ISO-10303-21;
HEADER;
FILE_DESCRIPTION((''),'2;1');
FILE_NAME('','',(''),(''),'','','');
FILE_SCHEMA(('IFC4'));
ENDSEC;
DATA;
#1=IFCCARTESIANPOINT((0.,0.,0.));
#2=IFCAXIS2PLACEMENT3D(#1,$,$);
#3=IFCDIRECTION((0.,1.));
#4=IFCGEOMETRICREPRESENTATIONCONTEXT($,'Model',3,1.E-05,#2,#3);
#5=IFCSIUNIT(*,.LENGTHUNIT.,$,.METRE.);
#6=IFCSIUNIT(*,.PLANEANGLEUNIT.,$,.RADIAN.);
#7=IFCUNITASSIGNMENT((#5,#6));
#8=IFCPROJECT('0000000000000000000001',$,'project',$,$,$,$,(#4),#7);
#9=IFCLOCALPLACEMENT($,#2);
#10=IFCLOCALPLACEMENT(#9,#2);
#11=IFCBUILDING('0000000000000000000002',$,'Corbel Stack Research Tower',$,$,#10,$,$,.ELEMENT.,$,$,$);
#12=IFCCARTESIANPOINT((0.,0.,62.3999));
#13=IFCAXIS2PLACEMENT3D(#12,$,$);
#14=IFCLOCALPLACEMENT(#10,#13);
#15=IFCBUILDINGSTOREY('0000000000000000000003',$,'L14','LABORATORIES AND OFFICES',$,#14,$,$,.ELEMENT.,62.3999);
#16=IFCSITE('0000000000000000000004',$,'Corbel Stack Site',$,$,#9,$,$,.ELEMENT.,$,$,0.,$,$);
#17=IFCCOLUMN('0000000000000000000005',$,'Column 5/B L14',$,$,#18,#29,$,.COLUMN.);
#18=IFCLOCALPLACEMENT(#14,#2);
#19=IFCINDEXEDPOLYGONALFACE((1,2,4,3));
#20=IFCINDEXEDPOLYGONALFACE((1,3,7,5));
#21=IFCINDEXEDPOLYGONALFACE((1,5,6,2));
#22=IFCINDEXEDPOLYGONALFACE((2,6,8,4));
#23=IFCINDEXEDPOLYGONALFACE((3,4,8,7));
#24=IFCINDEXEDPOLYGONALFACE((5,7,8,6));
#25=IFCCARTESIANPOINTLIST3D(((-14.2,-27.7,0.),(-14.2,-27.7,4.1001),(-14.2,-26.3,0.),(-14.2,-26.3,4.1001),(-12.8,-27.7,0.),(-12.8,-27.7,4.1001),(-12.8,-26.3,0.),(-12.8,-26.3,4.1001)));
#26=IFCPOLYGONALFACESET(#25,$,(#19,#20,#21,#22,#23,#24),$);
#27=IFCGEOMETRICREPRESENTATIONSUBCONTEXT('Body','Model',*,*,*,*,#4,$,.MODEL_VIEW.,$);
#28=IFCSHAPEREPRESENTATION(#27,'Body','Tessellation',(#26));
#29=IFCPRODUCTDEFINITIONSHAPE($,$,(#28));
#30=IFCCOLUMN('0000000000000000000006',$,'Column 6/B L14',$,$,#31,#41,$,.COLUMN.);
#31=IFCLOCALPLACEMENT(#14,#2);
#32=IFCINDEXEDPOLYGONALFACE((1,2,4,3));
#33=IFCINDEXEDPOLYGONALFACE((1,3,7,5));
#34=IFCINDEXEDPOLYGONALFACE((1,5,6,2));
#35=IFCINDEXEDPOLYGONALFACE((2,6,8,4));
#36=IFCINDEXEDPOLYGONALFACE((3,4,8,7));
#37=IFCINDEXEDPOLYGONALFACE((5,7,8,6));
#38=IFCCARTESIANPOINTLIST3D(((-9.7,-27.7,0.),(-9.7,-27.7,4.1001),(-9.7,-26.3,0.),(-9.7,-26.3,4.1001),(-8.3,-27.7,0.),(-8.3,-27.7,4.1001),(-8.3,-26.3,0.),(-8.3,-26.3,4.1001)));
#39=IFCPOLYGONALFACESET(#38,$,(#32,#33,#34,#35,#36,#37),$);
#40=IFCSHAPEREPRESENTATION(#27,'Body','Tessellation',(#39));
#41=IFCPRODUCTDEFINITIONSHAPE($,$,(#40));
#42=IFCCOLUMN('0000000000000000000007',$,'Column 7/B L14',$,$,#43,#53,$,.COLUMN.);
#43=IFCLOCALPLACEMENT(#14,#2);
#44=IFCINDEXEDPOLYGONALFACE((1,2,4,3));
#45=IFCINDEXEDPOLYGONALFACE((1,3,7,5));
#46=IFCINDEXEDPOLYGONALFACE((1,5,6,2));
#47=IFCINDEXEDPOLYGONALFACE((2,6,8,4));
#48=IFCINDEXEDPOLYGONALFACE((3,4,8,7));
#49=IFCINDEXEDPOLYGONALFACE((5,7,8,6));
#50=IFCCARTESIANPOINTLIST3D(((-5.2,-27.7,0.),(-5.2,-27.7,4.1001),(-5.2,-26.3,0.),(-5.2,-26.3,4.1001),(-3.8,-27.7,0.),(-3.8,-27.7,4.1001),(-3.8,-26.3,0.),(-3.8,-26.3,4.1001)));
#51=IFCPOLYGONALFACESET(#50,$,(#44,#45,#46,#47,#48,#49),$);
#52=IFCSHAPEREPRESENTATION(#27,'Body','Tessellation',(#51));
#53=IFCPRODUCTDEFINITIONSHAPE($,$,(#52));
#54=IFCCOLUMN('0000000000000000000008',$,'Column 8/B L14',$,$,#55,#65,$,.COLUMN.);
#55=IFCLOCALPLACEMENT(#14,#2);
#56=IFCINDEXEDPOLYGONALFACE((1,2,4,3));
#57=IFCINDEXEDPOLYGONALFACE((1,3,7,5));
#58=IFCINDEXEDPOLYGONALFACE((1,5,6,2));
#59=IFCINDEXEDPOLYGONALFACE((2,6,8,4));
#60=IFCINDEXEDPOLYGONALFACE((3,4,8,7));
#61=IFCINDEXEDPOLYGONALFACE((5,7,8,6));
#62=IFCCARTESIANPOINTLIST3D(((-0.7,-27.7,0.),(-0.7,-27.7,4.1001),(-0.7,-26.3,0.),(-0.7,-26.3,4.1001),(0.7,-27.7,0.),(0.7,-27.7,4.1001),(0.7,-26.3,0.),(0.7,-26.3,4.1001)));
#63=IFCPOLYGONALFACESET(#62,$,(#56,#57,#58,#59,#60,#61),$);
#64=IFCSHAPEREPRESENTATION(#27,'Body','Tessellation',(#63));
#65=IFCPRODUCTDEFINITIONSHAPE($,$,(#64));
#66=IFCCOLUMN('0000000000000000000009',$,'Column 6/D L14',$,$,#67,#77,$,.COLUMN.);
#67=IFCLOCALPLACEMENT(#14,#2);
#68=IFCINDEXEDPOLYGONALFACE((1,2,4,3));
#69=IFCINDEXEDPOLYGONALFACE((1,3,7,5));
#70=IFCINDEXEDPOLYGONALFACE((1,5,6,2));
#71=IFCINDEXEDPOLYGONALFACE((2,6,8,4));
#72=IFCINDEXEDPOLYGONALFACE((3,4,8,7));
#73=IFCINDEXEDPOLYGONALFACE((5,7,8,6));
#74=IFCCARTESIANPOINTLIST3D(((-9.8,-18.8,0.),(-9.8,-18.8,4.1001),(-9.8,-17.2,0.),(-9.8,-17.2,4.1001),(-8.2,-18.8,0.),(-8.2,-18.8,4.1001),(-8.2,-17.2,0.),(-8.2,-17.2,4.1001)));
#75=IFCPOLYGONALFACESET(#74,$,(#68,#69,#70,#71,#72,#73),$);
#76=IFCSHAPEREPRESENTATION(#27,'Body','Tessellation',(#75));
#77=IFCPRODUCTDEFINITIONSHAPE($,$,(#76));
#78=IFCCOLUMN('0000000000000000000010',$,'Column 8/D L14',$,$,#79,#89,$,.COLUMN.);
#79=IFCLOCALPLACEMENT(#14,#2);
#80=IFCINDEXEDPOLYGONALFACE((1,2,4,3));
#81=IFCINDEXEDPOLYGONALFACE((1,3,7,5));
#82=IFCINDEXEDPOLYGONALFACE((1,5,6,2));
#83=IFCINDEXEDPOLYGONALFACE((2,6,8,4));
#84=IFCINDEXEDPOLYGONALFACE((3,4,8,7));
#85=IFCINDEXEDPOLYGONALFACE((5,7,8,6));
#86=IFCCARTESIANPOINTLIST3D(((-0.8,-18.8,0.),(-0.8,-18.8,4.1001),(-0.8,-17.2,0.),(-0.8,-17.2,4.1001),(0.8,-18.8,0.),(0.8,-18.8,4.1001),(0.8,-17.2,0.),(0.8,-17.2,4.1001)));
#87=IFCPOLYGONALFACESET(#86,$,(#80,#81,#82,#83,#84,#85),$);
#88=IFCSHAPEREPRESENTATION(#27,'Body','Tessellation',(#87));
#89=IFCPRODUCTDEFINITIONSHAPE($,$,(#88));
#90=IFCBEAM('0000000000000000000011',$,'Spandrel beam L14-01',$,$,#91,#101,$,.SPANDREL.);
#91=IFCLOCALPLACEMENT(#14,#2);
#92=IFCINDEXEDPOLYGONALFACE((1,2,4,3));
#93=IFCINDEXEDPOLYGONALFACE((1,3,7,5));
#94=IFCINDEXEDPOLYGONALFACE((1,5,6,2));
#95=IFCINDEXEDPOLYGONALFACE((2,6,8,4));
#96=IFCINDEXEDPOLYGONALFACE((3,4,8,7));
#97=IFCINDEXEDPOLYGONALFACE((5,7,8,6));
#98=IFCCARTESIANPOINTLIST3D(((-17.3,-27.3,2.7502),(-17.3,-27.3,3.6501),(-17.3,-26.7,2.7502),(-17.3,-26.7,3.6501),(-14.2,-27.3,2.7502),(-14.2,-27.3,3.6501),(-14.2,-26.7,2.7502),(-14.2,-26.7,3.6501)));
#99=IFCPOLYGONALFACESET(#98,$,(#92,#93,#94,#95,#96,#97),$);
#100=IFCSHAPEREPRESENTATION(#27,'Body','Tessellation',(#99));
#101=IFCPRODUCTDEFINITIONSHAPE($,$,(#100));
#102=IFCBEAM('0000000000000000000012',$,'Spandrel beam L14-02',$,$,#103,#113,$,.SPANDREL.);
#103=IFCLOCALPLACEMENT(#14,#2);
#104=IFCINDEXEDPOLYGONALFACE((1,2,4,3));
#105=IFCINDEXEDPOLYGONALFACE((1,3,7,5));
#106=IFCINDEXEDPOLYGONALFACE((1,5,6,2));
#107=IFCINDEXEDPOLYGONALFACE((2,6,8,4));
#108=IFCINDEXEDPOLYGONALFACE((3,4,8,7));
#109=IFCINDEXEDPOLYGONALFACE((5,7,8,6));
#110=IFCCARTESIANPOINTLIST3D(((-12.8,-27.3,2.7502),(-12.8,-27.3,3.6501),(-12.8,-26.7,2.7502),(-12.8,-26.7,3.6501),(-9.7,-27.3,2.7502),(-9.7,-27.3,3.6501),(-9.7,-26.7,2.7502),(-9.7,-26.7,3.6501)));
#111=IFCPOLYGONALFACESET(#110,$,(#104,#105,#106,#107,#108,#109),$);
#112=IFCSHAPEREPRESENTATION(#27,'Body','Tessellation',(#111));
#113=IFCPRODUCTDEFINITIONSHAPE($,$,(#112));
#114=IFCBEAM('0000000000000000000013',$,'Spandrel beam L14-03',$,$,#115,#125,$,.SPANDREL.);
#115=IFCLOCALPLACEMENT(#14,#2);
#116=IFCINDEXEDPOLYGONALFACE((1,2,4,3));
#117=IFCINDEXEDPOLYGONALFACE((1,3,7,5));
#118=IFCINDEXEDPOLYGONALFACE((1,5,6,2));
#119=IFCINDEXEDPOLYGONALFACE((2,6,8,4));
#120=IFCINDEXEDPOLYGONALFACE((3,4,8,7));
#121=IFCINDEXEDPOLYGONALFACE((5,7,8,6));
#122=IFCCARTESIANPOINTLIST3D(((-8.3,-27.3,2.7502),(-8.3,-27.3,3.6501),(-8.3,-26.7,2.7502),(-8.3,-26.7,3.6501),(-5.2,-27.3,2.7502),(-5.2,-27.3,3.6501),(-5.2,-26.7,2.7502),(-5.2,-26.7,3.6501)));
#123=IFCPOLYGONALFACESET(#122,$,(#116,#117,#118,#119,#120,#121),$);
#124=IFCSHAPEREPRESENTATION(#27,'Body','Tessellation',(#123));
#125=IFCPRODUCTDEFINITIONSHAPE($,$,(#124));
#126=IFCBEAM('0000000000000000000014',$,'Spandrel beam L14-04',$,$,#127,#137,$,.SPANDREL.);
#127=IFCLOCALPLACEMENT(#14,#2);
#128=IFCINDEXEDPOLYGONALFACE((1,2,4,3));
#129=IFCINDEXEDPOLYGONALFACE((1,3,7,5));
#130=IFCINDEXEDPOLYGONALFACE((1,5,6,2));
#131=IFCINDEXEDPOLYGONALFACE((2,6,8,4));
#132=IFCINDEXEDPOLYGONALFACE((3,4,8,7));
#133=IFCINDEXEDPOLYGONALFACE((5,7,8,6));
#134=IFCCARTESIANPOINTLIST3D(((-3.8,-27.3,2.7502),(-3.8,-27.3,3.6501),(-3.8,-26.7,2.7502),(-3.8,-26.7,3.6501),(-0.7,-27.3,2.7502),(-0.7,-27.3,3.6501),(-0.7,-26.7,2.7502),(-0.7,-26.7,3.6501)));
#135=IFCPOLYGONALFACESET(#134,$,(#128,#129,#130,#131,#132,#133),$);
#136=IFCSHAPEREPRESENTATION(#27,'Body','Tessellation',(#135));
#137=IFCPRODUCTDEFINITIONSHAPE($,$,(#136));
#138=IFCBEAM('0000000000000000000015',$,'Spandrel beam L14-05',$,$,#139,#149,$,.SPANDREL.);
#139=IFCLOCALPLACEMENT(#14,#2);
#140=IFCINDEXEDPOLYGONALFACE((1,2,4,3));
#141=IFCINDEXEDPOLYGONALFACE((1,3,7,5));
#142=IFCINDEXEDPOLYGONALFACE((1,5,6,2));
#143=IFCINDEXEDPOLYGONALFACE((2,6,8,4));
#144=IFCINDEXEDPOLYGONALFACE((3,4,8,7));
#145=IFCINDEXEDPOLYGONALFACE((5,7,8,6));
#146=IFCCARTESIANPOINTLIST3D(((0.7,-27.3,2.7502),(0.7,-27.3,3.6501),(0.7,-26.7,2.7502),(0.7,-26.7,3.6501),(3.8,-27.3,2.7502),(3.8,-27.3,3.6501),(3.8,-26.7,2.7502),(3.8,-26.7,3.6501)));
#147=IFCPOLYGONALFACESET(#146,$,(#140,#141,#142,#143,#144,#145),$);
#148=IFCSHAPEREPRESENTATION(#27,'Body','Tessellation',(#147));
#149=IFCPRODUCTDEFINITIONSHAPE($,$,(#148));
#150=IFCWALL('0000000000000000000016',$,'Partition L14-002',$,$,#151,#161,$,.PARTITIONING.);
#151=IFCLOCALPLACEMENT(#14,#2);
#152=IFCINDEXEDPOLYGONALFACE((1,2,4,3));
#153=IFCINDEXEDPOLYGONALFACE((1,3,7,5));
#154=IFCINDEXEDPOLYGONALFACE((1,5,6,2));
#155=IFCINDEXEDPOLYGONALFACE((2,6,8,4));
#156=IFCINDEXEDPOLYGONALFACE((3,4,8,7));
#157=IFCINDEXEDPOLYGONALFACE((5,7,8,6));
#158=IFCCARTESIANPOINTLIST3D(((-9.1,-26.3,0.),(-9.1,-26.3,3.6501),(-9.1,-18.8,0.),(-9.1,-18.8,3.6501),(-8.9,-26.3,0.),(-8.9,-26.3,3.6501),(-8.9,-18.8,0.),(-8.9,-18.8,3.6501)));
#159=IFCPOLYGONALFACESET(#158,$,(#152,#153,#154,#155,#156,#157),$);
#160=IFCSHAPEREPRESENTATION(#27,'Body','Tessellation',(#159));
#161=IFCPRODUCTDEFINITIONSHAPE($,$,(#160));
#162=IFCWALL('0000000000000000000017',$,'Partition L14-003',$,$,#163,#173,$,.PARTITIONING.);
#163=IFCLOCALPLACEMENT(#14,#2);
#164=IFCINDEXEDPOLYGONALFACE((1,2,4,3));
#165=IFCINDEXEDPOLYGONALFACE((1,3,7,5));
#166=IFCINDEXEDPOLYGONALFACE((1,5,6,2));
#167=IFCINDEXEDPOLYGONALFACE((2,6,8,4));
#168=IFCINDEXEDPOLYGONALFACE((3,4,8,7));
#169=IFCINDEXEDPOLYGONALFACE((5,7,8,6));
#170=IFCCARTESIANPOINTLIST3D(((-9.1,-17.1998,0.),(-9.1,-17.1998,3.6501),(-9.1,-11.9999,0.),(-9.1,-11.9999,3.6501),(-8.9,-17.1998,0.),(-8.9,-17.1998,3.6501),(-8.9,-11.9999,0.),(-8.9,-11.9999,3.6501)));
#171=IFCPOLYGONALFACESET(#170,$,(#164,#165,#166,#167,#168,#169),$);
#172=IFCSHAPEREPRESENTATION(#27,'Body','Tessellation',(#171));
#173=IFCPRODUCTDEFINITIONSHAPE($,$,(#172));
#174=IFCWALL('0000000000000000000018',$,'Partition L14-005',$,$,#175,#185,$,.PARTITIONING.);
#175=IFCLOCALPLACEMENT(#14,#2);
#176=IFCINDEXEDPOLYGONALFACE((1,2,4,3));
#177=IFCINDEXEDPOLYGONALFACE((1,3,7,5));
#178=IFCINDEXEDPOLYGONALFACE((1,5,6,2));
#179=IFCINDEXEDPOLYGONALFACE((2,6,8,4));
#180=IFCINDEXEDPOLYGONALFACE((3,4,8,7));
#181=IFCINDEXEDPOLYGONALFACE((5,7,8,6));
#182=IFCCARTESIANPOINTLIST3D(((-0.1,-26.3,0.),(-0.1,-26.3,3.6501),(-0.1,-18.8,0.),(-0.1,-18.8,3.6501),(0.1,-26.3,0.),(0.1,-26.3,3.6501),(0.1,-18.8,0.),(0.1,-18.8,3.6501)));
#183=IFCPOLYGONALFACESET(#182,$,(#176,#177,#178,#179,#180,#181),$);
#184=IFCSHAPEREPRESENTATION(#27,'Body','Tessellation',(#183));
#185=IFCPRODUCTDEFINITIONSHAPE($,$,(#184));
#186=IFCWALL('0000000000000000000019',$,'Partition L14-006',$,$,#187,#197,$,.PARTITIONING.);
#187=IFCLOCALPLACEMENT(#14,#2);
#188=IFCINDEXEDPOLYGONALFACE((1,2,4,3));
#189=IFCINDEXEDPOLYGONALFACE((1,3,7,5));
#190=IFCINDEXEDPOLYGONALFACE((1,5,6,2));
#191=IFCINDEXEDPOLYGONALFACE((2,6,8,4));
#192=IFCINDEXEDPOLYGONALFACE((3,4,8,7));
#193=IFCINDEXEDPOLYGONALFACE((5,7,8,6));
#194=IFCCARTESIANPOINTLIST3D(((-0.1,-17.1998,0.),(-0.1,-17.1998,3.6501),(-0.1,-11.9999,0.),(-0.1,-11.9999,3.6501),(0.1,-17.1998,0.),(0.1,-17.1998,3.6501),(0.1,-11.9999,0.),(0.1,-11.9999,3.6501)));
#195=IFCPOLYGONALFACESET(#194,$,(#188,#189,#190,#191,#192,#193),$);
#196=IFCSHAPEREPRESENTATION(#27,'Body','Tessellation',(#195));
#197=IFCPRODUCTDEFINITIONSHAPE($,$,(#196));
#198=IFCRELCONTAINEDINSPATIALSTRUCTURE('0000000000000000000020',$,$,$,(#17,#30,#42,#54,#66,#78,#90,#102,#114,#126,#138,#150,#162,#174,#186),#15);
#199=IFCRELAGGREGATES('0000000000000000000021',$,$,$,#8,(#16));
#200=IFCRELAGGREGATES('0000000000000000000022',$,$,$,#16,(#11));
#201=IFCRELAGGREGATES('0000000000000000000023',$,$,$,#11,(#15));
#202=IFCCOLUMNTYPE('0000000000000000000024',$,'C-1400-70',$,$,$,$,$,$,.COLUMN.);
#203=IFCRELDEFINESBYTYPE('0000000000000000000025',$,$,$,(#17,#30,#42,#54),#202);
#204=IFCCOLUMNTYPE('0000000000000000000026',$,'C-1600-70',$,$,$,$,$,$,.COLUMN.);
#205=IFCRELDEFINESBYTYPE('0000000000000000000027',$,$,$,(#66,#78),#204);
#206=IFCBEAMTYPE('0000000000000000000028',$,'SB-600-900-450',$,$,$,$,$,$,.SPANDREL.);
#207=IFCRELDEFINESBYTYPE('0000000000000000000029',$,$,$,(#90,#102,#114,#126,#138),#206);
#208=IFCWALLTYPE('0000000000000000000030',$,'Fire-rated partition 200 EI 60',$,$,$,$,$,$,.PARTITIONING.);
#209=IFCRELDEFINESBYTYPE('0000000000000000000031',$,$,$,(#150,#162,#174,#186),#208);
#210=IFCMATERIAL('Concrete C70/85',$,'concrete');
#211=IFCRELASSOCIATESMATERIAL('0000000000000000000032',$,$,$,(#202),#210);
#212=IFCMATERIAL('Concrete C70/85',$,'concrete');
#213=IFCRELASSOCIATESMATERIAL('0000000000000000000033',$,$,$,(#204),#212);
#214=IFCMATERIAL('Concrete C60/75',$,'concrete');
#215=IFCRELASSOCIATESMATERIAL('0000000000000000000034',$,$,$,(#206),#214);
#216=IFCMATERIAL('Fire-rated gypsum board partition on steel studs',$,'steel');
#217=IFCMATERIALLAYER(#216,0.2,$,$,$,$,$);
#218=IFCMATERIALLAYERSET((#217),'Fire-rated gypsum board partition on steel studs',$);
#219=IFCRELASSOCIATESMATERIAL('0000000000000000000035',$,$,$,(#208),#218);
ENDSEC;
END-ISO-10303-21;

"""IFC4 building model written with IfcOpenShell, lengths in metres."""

from ifc_helpers import new_model, si_unit, direction, frame, frame_2d, origin, origin_2d, place, context, subcontext, project, spatial, rectangle, extrude, material, layer, layer_set, material_profile, profile_set, type_object, element, save


model = new_model("IFC4")

# Units and contexts
model_context = context("Model", 3, precision=1e-05, world=origin(), true_north=direction((0.0, 1.0)))
body_context = subcontext(model_context, "Body", "Model", "MODEL_VIEW")
ifc_project = project(units=[si_unit("LENGTHUNIT", "METRE"), si_unit("PLANEANGLEUNIT", "RADIAN")], contexts=[model_context])

# Site, building, storey
site_placement = place(None, origin())
site = spatial("IfcSite", under=ifc_project, at=site_placement, Name="Corbel Stack Site", CompositionType="ELEMENT", RefElevation=0.0)
building_placement = place(site_placement, origin())
building = spatial("IfcBuilding", under=site, at=building_placement, Name="Corbel Stack Research Tower", CompositionType="ELEMENT")
storey_placement = place(building_placement, frame((0.0, 0.0, 62.3999)))
storey = spatial("IfcBuildingStorey", under=building, at=storey_placement, Name="L14", Description="LABORATORIES AND OFFICES", CompositionType="ELEMENT", Elevation=62.3999)

# Columns
ifc_material_1 = material(Name="Concrete C70/85", Category="concrete")
ifc_material_profile_1 = material_profile(ifc_material_1, rectangle(XDim=1.3999, YDim=1.3999, at=origin_2d()), Name="RC 1400 x 1400")
ifc_profile_set_1 = profile_set([ifc_material_profile_1], Name="Concrete C70/85")
column_type_1 = type_object("IfcColumnType", Name="C-1400-70", PredefinedType="COLUMN", material=ifc_profile_set_1)
for number, where, z_axis, x_axis, name in (
    (1, (-13.5, -27.0, 0.0), (0.0, 0.0, 1.0), (1.0, 0.0, 0.0), "Column 5/B L14"),
    (2, (-9.0, -27.0, 0.0), (0.0, 0.0, 1.0), (1.0, 0.0, 0.0), "Column 6/B L14"),
    (3, (-4.5, -27.0, 0.0), (0.0, 0.0, 1.0), (1.0, 0.0, 0.0), "Column 7/B L14"),
    (4, (0.0, -27.0, 0.0), (0.0, 0.0, 1.0), (1.0, 0.0, 0.0), "Column 8/B L14"),
):
    element("IfcColumn", number, at=place(storey_placement, frame(where, z_axis=z_axis, x_axis=x_axis)), inside=storey, type_object=column_type_1, Name=name, PredefinedType="COLUMN", context=body_context, shape_type="SweptSolid", body=[
        extrude(rectangle(XDim=1.3999, YDim=1.3999, at=origin_2d()), origin(), (0.0, 0.0, 1.0), 4.1001),
    ])
ifc_material_2 = material(Name="Concrete C70/85", Category="concrete")
ifc_material_profile_2 = material_profile(ifc_material_2, rectangle(XDim=1.6001, YDim=1.6001, at=origin_2d()), Name="RC 1600 x 1600")
ifc_profile_set_2 = profile_set([ifc_material_profile_2], Name="Concrete C70/85")
column_type_2 = type_object("IfcColumnType", Name="C-1600-70", PredefinedType="COLUMN", material=ifc_profile_set_2)
for number, where, z_axis, x_axis, name in (
    (5, (-9.0, -18.0, 0.0), (0.0, 0.0, 1.0), (1.0, 0.0, 0.0), "Column 6/D L14"),
    (6, (0.0, -18.0, 0.0), (0.0, 0.0, 1.0), (1.0, 0.0, 0.0), "Column 8/D L14"),
):
    element("IfcColumn", number, at=place(storey_placement, frame(where, z_axis=z_axis, x_axis=x_axis)), inside=storey, type_object=column_type_2, Name=name, PredefinedType="COLUMN", context=body_context, shape_type="SweptSolid", body=[
        extrude(rectangle(XDim=1.6001, YDim=1.6001, at=origin_2d()), origin(), (0.0, 0.0, 1.0), 4.1001),
    ])

# Beams
ifc_material_3 = material(Name="Concrete C60/75", Category="concrete")
ifc_material_profile_3 = material_profile(ifc_material_3, rectangle(XDim=0.6001, YDim=0.8999, at=origin_2d()), Name="RC 600 x 900")
ifc_profile_set_3 = profile_set([ifc_material_profile_3], Name="Concrete C60/75")
beam_type = type_object("IfcBeamType", Name="SB-600-900-450", PredefinedType="SPANDREL", material=ifc_profile_set_3)
for number, where, z_axis, x_axis, name in (
    (7, (-17.3, -27.0, 3.2002), (1.0, 0.0, 0.0), (0.0, 1.0, 0.0), "Spandrel beam L14-01"),
    (8, (-12.8, -27.0, 3.2002), (1.0, 0.0, 0.0), (0.0, 1.0, 0.0), "Spandrel beam L14-02"),
    (9, (-8.3, -27.0, 3.2002), (1.0, 0.0, 0.0), (0.0, 1.0, 0.0), "Spandrel beam L14-03"),
    (10, (-3.8, -27.0, 3.2002), (1.0, 0.0, 0.0), (0.0, 1.0, 0.0), "Spandrel beam L14-04"),
    (11, (0.7, -27.0, 3.2002), (1.0, 0.0, 0.0), (0.0, 1.0, 0.0), "Spandrel beam L14-05"),
):
    element("IfcBeam", number, at=place(storey_placement, frame(where, z_axis=z_axis, x_axis=x_axis)), inside=storey, type_object=beam_type, Name=name, PredefinedType="SPANDREL", context=body_context, shape_type="SweptSolid", body=[
        extrude(rectangle(XDim=0.6001, YDim=0.8999, at=origin_2d()), origin(), (0.0, 0.0, 1.0), 3.1001),
    ])

# Walls
ifc_material_4 = material(Name="Fire-rated gypsum board partition on steel studs", Category="steel")
ifc_layer_1 = layer(ifc_material_4, 0.2)
ifc_layer_set_1 = layer_set([ifc_layer_1], Name="Fire-rated gypsum board partition on steel studs")
wall_type_1 = type_object("IfcWallType", Name="Fire-rated partition 200 EI 60", PredefinedType="PARTITIONING", material=ifc_layer_set_1)
wall_1_placement = place(storey_placement, frame((-9.0, -26.3, 0.0), z_axis=(0.0, 0.0, 1.0), x_axis=(0.0, 1.0, 0.0)))
element("IfcWall", 12, at=wall_1_placement, inside=storey, type_object=wall_type_1, Name="Partition L14-002", PredefinedType="PARTITIONING", context=body_context, shape_type="SweptSolid", body=[
    extrude(rectangle(XDim=7.5, YDim=0.2, at=frame_2d((3.75, 0.0))), origin(), (0.0, 0.0, 1.0), 3.6501),
])
wall_2_placement = place(storey_placement, frame((-9.0, -17.2, 0.0), z_axis=(0.0, 0.0, 1.0), x_axis=(0.0, 1.0, 0.0)))
element("IfcWall", 13, at=wall_2_placement, inside=storey, type_object=wall_type_1, Name="Partition L14-003", PredefinedType="PARTITIONING", context=body_context, shape_type="SweptSolid", body=[
    extrude(rectangle(XDim=5.2, YDim=0.2, at=frame_2d((2.6001, 0.0))), origin(), (0.0, 0.0, 1.0), 3.6501),
])
wall_3_placement = place(storey_placement, frame((0.0, -26.3, 0.0), z_axis=(0.0, 0.0, 1.0), x_axis=(0.0, 1.0, 0.0)))
element("IfcWall", 14, at=wall_3_placement, inside=storey, type_object=wall_type_1, Name="Partition L14-005", PredefinedType="PARTITIONING", context=body_context, shape_type="SweptSolid", body=[
    extrude(rectangle(XDim=7.5, YDim=0.2, at=frame_2d((3.75, 0.0))), origin(), (0.0, 0.0, 1.0), 3.6501),
])
wall_4_placement = place(storey_placement, frame((0.0, -17.2, 0.0), z_axis=(0.0, 0.0, 1.0), x_axis=(0.0, 1.0, 0.0)))
element("IfcWall", 15, at=wall_4_placement, inside=storey, type_object=wall_type_1, Name="Partition L14-006", PredefinedType="PARTITIONING", context=body_context, shape_type="SweptSolid", body=[
    extrude(rectangle(XDim=5.2, YDim=0.2, at=frame_2d((2.6001, 0.0))), origin(), (0.0, 0.0, 1.0), 3.6501),
])

save(model, "model.ifc")
